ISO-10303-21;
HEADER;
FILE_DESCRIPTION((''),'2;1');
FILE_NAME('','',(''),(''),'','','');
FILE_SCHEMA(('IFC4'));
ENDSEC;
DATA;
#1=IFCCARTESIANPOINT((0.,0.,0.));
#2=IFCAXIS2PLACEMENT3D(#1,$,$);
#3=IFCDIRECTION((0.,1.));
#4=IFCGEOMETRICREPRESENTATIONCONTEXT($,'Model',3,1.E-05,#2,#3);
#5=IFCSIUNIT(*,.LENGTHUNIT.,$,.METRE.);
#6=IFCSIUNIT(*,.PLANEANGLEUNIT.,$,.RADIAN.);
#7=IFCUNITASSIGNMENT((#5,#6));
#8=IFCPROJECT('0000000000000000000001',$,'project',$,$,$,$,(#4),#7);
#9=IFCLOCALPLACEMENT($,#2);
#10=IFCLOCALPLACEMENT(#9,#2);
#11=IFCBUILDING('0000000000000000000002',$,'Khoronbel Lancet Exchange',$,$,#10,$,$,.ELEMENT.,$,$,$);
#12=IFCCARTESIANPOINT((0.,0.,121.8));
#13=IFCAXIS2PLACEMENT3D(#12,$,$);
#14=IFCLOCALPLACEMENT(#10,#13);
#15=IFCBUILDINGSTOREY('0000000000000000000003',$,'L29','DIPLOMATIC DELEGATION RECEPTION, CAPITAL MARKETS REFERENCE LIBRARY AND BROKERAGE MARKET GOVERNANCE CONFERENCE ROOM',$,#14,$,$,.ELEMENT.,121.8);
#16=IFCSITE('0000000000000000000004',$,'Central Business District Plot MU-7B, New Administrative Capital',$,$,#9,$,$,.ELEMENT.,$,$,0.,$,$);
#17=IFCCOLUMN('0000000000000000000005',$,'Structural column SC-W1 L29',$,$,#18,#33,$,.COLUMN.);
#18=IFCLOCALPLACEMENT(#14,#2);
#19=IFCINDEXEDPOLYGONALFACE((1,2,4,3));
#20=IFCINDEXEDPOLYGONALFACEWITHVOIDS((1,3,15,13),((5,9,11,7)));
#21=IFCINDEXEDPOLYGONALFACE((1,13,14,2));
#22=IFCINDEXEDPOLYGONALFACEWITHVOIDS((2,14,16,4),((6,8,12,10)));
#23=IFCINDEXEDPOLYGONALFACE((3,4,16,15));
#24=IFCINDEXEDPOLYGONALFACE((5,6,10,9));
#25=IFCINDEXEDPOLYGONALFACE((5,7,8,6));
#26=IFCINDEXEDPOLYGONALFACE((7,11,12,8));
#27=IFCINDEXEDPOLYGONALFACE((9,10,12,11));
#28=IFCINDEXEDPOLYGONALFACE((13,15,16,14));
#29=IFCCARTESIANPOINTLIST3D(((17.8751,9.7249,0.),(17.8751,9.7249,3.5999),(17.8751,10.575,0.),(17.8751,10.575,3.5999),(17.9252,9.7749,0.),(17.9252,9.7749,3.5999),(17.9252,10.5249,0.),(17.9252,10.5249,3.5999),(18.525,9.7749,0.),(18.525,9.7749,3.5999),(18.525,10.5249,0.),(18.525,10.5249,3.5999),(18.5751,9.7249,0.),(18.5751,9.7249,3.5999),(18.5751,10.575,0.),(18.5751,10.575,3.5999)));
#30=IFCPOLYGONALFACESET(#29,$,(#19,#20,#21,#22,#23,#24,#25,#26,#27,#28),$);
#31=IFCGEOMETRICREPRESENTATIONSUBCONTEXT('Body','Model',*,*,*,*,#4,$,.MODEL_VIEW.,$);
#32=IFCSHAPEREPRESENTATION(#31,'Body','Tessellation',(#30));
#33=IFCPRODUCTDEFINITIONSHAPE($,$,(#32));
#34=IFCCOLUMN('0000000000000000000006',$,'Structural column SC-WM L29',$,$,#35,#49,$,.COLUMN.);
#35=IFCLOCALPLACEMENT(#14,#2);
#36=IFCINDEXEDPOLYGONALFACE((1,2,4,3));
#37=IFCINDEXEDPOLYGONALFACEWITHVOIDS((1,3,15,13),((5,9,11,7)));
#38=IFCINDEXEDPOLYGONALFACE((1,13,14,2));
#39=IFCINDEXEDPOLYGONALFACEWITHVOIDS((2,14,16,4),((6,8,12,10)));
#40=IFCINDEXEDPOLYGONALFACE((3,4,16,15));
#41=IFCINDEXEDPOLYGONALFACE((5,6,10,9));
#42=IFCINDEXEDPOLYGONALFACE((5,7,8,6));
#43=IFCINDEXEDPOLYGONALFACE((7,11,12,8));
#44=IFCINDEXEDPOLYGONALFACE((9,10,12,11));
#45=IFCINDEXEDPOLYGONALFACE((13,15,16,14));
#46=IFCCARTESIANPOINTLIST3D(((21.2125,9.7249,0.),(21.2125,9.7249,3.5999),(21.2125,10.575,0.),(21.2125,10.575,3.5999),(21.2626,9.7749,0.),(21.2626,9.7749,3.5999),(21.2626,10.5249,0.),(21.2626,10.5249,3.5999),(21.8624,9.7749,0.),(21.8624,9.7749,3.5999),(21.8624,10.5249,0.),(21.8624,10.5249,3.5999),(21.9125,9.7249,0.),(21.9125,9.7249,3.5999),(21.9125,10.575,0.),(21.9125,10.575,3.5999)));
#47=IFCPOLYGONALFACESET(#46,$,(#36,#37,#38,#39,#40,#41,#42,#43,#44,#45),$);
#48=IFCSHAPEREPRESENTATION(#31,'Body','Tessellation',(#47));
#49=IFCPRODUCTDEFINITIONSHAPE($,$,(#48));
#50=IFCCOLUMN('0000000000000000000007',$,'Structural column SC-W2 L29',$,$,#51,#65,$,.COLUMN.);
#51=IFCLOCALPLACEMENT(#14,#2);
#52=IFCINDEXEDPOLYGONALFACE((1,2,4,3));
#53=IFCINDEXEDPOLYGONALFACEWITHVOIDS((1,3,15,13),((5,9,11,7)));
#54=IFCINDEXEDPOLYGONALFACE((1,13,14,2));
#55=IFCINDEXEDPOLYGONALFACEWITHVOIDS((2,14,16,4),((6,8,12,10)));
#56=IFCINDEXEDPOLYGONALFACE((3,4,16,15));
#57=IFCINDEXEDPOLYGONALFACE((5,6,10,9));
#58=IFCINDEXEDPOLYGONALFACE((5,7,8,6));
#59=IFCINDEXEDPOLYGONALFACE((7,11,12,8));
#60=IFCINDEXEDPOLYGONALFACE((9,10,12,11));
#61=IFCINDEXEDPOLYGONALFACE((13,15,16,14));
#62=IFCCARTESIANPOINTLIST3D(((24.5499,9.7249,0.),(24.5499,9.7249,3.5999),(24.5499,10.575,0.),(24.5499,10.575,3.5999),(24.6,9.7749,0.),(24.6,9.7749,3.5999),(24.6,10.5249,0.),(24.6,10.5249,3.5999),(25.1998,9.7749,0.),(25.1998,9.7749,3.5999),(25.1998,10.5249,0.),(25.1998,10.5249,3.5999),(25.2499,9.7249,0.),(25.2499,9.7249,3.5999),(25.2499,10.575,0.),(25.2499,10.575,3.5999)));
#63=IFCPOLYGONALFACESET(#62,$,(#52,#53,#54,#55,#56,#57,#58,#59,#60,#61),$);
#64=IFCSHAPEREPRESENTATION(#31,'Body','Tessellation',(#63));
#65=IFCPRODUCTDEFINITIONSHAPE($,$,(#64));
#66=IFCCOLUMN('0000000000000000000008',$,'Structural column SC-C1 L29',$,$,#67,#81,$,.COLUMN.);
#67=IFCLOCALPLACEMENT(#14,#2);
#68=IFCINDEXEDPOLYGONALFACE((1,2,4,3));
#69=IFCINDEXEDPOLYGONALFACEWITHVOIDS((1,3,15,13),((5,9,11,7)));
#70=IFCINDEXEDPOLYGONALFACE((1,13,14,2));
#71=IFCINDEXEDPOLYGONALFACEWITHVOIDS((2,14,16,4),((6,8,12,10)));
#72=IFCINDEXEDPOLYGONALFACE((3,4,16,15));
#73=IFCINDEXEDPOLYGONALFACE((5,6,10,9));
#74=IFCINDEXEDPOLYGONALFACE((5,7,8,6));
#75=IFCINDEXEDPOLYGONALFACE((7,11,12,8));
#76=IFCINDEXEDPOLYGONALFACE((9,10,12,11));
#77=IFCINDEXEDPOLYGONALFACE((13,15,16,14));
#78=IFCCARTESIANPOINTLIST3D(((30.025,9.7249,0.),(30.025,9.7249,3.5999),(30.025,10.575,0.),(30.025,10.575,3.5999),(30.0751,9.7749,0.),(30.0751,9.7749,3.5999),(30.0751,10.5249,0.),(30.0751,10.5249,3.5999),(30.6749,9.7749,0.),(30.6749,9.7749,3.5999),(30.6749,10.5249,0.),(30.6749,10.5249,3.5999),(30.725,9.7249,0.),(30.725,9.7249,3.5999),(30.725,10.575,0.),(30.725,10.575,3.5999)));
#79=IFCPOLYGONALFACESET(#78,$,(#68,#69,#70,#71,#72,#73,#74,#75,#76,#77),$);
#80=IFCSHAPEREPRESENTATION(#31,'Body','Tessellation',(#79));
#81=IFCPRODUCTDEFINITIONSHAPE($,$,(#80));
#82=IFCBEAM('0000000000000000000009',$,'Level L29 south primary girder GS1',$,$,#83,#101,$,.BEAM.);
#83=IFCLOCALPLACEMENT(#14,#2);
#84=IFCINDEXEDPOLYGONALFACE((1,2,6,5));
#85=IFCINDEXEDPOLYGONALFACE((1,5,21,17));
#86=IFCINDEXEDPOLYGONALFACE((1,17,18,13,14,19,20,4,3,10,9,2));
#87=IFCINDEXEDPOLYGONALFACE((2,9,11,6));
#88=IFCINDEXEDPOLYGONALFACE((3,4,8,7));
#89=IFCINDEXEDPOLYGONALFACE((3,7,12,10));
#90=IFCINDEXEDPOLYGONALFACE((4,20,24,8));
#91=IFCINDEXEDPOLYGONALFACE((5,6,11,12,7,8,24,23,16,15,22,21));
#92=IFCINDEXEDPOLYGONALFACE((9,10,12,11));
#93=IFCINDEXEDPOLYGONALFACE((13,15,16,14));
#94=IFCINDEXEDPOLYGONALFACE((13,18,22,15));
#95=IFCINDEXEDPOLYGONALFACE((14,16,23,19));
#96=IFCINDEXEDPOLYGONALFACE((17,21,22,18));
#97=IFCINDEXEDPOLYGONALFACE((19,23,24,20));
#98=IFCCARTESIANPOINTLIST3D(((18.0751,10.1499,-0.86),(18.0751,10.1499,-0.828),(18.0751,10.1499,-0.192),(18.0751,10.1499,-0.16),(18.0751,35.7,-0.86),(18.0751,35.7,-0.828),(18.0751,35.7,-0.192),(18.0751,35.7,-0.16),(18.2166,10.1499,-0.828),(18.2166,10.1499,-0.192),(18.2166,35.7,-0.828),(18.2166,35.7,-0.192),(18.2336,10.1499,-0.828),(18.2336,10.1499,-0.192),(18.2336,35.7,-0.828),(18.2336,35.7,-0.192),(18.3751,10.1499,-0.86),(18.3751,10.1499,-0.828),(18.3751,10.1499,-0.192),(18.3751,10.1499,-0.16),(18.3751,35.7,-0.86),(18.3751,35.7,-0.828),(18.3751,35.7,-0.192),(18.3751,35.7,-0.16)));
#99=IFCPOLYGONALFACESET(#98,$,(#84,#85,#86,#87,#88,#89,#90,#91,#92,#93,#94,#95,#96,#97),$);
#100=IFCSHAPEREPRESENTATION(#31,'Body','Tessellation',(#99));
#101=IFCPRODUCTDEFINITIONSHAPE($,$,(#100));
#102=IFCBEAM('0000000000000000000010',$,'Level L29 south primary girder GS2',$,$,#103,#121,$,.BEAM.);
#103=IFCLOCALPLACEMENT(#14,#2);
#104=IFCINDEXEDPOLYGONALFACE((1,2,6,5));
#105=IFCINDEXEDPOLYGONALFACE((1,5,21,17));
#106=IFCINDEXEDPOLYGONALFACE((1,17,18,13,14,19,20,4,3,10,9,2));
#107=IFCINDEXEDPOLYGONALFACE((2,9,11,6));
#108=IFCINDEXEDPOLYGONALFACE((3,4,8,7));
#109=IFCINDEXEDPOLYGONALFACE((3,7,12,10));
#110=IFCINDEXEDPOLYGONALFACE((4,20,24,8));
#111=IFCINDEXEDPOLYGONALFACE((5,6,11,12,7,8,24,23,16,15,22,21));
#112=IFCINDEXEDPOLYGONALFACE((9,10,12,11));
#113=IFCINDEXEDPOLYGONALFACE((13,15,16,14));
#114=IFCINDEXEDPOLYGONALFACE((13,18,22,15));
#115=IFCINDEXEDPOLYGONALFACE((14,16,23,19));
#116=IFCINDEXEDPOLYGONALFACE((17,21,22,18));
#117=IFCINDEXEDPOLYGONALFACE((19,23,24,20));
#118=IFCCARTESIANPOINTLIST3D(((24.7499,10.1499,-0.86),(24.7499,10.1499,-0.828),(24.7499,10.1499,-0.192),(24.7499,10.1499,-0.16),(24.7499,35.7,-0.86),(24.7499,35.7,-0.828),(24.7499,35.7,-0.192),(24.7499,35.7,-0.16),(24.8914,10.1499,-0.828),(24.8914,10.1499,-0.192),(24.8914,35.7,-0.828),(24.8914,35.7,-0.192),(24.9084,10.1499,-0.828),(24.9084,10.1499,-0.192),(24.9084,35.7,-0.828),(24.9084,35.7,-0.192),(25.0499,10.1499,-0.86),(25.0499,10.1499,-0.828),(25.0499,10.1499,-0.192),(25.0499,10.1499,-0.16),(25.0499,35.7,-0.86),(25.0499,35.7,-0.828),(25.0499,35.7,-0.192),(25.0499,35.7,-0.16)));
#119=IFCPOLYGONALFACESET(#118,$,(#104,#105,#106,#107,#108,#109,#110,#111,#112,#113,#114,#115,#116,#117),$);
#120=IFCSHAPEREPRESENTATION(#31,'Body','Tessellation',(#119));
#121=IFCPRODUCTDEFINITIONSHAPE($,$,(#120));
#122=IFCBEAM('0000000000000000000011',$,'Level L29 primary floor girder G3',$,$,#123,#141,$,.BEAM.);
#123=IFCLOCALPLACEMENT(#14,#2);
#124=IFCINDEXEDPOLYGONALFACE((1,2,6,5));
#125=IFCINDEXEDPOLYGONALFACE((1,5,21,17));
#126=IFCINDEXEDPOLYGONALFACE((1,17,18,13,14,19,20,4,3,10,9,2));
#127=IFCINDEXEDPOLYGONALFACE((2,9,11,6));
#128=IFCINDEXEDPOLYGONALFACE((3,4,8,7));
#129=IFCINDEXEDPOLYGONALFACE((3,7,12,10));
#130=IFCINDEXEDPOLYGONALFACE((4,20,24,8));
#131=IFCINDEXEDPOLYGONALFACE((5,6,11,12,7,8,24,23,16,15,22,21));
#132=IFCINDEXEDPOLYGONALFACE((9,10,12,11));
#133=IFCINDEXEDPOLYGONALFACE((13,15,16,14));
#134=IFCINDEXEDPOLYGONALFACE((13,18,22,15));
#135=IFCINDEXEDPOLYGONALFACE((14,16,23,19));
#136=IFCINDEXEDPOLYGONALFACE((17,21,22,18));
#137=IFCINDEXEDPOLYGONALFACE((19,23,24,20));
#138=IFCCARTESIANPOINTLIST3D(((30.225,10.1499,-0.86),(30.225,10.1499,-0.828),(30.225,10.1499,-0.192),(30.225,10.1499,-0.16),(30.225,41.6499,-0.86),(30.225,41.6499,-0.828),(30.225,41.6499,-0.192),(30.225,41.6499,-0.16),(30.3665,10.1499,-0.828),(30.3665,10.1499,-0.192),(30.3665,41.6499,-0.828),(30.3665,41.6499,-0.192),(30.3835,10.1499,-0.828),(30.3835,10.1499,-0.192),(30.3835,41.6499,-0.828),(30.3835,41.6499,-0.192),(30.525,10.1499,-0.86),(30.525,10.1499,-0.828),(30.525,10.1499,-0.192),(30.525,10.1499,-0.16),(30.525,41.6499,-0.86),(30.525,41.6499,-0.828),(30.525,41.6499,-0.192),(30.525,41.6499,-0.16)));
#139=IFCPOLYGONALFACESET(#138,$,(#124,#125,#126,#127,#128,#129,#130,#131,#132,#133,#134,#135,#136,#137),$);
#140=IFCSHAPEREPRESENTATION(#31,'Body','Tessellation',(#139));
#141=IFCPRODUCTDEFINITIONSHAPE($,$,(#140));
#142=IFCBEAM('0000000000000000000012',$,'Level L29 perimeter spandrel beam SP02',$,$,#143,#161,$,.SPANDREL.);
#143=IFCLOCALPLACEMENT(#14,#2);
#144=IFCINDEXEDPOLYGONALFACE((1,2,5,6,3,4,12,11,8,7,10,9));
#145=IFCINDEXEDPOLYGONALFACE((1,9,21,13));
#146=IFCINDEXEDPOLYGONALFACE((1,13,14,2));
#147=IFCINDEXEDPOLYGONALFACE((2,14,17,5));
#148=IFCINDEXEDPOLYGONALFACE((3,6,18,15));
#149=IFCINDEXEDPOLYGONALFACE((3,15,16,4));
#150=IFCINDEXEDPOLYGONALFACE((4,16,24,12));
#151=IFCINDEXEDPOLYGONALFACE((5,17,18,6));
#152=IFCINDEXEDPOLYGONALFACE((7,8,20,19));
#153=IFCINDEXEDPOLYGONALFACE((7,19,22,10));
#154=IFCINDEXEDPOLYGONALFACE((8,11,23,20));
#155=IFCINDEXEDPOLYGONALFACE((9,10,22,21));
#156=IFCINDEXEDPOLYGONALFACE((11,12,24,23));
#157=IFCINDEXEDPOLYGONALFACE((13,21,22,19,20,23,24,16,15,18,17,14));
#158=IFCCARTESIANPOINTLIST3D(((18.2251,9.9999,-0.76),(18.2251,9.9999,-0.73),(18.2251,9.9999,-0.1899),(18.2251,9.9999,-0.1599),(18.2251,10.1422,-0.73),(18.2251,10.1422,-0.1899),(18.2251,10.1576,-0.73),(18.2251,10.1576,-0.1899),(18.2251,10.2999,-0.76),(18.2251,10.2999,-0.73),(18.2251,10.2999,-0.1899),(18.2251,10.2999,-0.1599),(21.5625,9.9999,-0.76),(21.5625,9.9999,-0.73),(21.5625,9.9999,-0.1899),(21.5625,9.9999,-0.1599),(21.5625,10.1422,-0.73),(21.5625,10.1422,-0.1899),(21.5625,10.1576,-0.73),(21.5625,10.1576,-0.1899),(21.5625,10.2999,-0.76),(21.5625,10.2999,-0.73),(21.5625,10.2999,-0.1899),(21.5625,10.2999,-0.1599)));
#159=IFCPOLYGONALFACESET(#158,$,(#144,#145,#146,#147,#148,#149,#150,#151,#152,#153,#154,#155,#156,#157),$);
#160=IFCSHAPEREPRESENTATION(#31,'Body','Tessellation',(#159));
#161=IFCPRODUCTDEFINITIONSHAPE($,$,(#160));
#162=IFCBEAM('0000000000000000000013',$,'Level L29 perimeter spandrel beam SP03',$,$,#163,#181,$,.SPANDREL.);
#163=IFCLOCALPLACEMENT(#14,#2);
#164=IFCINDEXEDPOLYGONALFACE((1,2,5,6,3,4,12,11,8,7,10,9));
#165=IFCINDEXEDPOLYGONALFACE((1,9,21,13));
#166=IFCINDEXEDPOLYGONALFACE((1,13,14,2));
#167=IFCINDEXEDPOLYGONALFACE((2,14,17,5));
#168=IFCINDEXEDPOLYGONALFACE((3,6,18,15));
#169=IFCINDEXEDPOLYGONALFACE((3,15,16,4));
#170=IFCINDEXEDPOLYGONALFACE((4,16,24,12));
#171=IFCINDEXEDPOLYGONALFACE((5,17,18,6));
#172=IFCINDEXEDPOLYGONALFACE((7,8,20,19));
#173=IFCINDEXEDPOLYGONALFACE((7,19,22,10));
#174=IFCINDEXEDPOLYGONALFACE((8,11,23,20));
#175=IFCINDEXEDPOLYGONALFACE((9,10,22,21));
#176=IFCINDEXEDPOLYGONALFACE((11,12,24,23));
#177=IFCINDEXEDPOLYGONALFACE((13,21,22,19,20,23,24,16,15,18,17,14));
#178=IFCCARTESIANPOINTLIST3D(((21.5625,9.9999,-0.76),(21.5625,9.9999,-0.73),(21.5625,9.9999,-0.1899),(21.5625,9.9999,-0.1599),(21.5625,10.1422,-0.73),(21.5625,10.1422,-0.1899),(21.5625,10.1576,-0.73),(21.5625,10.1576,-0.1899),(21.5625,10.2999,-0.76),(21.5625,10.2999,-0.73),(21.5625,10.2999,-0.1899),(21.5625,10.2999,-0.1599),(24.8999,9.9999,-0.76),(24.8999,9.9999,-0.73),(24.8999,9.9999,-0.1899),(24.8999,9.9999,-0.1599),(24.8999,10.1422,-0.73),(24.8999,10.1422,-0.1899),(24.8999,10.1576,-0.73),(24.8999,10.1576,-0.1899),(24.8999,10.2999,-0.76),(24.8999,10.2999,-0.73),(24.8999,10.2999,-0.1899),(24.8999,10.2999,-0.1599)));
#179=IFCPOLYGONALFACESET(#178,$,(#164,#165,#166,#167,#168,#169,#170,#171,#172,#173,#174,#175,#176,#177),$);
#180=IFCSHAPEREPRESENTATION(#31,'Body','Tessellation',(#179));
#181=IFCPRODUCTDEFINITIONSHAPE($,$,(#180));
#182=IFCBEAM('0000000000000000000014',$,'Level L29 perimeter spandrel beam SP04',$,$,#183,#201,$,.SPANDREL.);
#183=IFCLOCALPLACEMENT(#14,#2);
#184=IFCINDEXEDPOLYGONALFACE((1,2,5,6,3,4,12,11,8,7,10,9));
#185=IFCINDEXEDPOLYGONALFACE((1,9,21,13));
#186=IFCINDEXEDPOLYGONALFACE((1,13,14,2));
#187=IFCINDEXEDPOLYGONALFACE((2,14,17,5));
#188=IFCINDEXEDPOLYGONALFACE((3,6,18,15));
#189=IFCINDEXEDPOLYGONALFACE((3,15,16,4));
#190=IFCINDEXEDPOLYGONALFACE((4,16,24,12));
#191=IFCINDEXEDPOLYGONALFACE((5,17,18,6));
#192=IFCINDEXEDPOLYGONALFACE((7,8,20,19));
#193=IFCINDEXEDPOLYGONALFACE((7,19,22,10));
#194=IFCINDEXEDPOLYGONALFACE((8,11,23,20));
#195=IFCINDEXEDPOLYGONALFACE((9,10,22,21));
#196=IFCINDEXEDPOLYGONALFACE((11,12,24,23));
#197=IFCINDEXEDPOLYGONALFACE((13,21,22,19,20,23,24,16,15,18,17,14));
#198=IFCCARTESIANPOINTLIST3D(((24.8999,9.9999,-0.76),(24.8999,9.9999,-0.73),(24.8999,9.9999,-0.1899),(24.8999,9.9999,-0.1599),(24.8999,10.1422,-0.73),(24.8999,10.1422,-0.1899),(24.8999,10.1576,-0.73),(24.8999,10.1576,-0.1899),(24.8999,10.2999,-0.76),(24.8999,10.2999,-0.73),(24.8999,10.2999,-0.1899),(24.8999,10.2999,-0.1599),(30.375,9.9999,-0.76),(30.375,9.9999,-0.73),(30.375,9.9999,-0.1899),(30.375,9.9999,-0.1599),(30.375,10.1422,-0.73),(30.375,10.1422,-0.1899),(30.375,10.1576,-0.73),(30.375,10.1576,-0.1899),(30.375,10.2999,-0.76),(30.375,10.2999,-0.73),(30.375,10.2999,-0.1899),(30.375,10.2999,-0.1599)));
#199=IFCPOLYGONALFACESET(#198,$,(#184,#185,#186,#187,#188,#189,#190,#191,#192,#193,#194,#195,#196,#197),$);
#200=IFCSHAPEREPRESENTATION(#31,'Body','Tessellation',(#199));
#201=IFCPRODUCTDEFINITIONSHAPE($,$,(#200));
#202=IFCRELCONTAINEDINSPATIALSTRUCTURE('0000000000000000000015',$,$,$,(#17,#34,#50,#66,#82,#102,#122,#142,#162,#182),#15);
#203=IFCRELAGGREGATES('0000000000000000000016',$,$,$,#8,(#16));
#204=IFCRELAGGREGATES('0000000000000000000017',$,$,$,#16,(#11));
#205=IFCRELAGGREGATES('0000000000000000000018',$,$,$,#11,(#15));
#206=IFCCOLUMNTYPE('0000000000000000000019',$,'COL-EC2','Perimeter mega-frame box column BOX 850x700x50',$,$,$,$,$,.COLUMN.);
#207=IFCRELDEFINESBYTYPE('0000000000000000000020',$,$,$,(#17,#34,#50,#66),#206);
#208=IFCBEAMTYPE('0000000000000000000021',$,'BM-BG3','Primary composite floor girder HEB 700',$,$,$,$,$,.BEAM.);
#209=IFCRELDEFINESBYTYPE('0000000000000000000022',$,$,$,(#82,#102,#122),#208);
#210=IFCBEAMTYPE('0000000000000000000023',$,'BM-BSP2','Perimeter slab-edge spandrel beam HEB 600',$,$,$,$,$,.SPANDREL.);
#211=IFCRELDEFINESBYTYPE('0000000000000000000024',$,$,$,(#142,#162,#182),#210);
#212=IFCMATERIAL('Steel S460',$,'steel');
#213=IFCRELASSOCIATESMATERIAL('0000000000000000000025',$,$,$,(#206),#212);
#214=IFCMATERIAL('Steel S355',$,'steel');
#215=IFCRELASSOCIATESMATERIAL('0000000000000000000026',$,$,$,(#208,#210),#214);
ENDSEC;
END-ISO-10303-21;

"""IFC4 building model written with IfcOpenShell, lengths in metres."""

from ifc_helpers import new_model, si_unit, direction, frame, origin, origin_2d, place, context, subcontext, project, spatial, hollow_rectangle, i_section, extrude, material, material_profile, profile_set, type_object, element, save


model = new_model("IFC4")

# Units and contexts
model_context = context("Model", 3, precision=1e-05, world=origin(), true_north=direction((0.0, 1.0)))
body_context = subcontext(model_context, "Body", "Model", "MODEL_VIEW")
ifc_project = project(units=[si_unit("LENGTHUNIT", "METRE"), si_unit("PLANEANGLEUNIT", "RADIAN")], contexts=[model_context])

# Site, building, storey
site_placement = place(None, origin())
site = spatial("IfcSite", under=ifc_project, at=site_placement, Name="Central Business District Plot MU-7B, New Administrative Capital", CompositionType="ELEMENT", RefElevation=0.0)
building_placement = place(site_placement, origin())
building = spatial("IfcBuilding", under=site, at=building_placement, Name="Khoronbel Lancet Exchange", CompositionType="ELEMENT")
storey_placement = place(building_placement, frame((0.0, 0.0, 121.8)))
storey = spatial("IfcBuildingStorey", under=building, at=storey_placement, Name="L29", Description="DIPLOMATIC DELEGATION RECEPTION, CAPITAL MARKETS REFERENCE LIBRARY AND BROKERAGE MARKET GOVERNANCE CONFERENCE ROOM", CompositionType="ELEMENT", Elevation=121.8)

# Columns
ifc_material_1 = material(Name="Steel S460", Category="steel")
ifc_material_profile_1 = material_profile(ifc_material_1, hollow_rectangle(XDim=0.7, YDim=0.8501, WallThickness=0.05, at=origin_2d()), Name="BOX 850x700x50")
ifc_profile_set_1 = profile_set([ifc_material_profile_1], Name="Steel S460")
column_type = type_object("IfcColumnType", Name="COL-EC2", Description="Perimeter mega-frame box column BOX 850x700x50", PredefinedType="COLUMN", material=ifc_profile_set_1)
for number, where, z_axis, x_axis, name in (
    (1, (18.2251, 10.1499, 0.0), (0.0, 0.0, 1.0), (1.0, 0.0, 0.0), "Structural column SC-W1 L29"),
    (2, (21.5625, 10.1499, 0.0), (0.0, 0.0, 1.0), (1.0, 0.0, 0.0), "Structural column SC-WM L29"),
    (3, (24.8999, 10.1499, 0.0), (0.0, 0.0, 1.0), (1.0, 0.0, 0.0), "Structural column SC-W2 L29"),
    (4, (30.375, 10.1499, 0.0), (0.0, 0.0, 1.0), (1.0, 0.0, 0.0), "Structural column SC-C1 L29"),
):
    element("IfcColumn", number, at=place(storey_placement, frame(where, z_axis=z_axis, x_axis=x_axis)), inside=storey, type_object=column_type, Name=name, PredefinedType="COLUMN", context=body_context, shape_type="SweptSolid", body=[
        extrude(hollow_rectangle(XDim=0.7, YDim=0.8501, WallThickness=0.05, at=origin_2d()), origin(), (0.0, 0.0, 1.0), 3.5999),
    ])

# Beams
ifc_material_2 = material(Name="Steel S355", Category="steel")
ifc_material_profile_2 = material_profile(ifc_material_2, i_section(OverallWidth=0.3, OverallDepth=0.7, WebThickness=0.0171, FlangeThickness=0.032, at=origin_2d()), Name="HEB 700")
ifc_profile_set_2 = profile_set([ifc_material_profile_2], Name="Steel S355")
beam_type_1 = type_object("IfcBeamType", Name="BM-BG3", Description="Primary composite floor girder HEB 700", PredefinedType="BEAM", material=ifc_profile_set_2)
for number, where, z_axis, x_axis, name in (
    (5, (18.2251, 10.1499, -0.51), (0.0, 1.0, 0.0), (-1.0, 0.0, 0.0), "Level L29 south primary girder GS1"),
    (6, (24.8999, 10.1499, -0.51), (0.0, 1.0, 0.0), (-1.0, 0.0, 0.0), "Level L29 south primary girder GS2"),
):
    element("IfcBeam", number, at=place(storey_placement, frame(where, z_axis=z_axis, x_axis=x_axis)), inside=storey, type_object=beam_type_1, Name=name, PredefinedType="BEAM", context=body_context, shape_type="SweptSolid", body=[
        extrude(i_section(OverallWidth=0.3, OverallDepth=0.7, WebThickness=0.0171, FlangeThickness=0.032, at=origin_2d()), origin(), (0.0, 0.0, 1.0), 25.55),
    ])
beam_1_placement = place(storey_placement, frame((30.375, 10.1499, -0.51), z_axis=(0.0, 1.0, 0.0), x_axis=(-1.0, 0.0, 0.0)))
element("IfcBeam", 7, at=beam_1_placement, inside=storey, type_object=beam_type_1, Name="Level L29 primary floor girder G3", PredefinedType="BEAM", context=body_context, shape_type="SweptSolid", body=[
    extrude(i_section(OverallWidth=0.3, OverallDepth=0.7, WebThickness=0.0171, FlangeThickness=0.032, at=origin_2d()), origin(), (0.0, 0.0, 1.0), 31.5),
])
ifc_material_profile_3 = material_profile(ifc_material_2, i_section(OverallWidth=0.3, OverallDepth=0.6001, WebThickness=0.0154, FlangeThickness=0.03, at=origin_2d()), Name="HEB 600")
ifc_profile_set_3 = profile_set([ifc_material_profile_3], Name="Steel S355")
beam_type_2 = type_object("IfcBeamType", Name="BM-BSP2", Description="Perimeter slab-edge spandrel beam HEB 600", PredefinedType="SPANDREL", material=ifc_profile_set_3)
for number, where, z_axis, x_axis, name in (
    (8, (18.2251, 10.1499, -0.46), (1.0, 0.0, 0.0), (0.0, 1.0, 0.0), "Level L29 perimeter spandrel beam SP02"),
    (9, (21.5625, 10.1499, -0.46), (1.0, 0.0, 0.0), (0.0, 1.0, 0.0), "Level L29 perimeter spandrel beam SP03"),
):
    element("IfcBeam", number, at=place(storey_placement, frame(where, z_axis=z_axis, x_axis=x_axis)), inside=storey, type_object=beam_type_2, Name=name, PredefinedType="SPANDREL", context=body_context, shape_type="SweptSolid", body=[
        extrude(i_section(OverallWidth=0.3, OverallDepth=0.6001, WebThickness=0.0154, FlangeThickness=0.03, at=origin_2d()), origin(), (0.0, 0.0, 1.0), 3.3374),
    ])
beam_2_placement = place(storey_placement, frame((24.8999, 10.1499, -0.46), z_axis=(1.0, 0.0, 0.0), x_axis=(0.0, 1.0, 0.0)))
element("IfcBeam", 10, at=beam_2_placement, inside=storey, type_object=beam_type_2, Name="Level L29 perimeter spandrel beam SP04", PredefinedType="SPANDREL", context=body_context, shape_type="SweptSolid", body=[
    extrude(i_section(OverallWidth=0.3, OverallDepth=0.6001, WebThickness=0.0154, FlangeThickness=0.03, at=origin_2d()), origin(), (0.0, 0.0, 1.0), 5.4751),
])

save(model, "model.ifc")
